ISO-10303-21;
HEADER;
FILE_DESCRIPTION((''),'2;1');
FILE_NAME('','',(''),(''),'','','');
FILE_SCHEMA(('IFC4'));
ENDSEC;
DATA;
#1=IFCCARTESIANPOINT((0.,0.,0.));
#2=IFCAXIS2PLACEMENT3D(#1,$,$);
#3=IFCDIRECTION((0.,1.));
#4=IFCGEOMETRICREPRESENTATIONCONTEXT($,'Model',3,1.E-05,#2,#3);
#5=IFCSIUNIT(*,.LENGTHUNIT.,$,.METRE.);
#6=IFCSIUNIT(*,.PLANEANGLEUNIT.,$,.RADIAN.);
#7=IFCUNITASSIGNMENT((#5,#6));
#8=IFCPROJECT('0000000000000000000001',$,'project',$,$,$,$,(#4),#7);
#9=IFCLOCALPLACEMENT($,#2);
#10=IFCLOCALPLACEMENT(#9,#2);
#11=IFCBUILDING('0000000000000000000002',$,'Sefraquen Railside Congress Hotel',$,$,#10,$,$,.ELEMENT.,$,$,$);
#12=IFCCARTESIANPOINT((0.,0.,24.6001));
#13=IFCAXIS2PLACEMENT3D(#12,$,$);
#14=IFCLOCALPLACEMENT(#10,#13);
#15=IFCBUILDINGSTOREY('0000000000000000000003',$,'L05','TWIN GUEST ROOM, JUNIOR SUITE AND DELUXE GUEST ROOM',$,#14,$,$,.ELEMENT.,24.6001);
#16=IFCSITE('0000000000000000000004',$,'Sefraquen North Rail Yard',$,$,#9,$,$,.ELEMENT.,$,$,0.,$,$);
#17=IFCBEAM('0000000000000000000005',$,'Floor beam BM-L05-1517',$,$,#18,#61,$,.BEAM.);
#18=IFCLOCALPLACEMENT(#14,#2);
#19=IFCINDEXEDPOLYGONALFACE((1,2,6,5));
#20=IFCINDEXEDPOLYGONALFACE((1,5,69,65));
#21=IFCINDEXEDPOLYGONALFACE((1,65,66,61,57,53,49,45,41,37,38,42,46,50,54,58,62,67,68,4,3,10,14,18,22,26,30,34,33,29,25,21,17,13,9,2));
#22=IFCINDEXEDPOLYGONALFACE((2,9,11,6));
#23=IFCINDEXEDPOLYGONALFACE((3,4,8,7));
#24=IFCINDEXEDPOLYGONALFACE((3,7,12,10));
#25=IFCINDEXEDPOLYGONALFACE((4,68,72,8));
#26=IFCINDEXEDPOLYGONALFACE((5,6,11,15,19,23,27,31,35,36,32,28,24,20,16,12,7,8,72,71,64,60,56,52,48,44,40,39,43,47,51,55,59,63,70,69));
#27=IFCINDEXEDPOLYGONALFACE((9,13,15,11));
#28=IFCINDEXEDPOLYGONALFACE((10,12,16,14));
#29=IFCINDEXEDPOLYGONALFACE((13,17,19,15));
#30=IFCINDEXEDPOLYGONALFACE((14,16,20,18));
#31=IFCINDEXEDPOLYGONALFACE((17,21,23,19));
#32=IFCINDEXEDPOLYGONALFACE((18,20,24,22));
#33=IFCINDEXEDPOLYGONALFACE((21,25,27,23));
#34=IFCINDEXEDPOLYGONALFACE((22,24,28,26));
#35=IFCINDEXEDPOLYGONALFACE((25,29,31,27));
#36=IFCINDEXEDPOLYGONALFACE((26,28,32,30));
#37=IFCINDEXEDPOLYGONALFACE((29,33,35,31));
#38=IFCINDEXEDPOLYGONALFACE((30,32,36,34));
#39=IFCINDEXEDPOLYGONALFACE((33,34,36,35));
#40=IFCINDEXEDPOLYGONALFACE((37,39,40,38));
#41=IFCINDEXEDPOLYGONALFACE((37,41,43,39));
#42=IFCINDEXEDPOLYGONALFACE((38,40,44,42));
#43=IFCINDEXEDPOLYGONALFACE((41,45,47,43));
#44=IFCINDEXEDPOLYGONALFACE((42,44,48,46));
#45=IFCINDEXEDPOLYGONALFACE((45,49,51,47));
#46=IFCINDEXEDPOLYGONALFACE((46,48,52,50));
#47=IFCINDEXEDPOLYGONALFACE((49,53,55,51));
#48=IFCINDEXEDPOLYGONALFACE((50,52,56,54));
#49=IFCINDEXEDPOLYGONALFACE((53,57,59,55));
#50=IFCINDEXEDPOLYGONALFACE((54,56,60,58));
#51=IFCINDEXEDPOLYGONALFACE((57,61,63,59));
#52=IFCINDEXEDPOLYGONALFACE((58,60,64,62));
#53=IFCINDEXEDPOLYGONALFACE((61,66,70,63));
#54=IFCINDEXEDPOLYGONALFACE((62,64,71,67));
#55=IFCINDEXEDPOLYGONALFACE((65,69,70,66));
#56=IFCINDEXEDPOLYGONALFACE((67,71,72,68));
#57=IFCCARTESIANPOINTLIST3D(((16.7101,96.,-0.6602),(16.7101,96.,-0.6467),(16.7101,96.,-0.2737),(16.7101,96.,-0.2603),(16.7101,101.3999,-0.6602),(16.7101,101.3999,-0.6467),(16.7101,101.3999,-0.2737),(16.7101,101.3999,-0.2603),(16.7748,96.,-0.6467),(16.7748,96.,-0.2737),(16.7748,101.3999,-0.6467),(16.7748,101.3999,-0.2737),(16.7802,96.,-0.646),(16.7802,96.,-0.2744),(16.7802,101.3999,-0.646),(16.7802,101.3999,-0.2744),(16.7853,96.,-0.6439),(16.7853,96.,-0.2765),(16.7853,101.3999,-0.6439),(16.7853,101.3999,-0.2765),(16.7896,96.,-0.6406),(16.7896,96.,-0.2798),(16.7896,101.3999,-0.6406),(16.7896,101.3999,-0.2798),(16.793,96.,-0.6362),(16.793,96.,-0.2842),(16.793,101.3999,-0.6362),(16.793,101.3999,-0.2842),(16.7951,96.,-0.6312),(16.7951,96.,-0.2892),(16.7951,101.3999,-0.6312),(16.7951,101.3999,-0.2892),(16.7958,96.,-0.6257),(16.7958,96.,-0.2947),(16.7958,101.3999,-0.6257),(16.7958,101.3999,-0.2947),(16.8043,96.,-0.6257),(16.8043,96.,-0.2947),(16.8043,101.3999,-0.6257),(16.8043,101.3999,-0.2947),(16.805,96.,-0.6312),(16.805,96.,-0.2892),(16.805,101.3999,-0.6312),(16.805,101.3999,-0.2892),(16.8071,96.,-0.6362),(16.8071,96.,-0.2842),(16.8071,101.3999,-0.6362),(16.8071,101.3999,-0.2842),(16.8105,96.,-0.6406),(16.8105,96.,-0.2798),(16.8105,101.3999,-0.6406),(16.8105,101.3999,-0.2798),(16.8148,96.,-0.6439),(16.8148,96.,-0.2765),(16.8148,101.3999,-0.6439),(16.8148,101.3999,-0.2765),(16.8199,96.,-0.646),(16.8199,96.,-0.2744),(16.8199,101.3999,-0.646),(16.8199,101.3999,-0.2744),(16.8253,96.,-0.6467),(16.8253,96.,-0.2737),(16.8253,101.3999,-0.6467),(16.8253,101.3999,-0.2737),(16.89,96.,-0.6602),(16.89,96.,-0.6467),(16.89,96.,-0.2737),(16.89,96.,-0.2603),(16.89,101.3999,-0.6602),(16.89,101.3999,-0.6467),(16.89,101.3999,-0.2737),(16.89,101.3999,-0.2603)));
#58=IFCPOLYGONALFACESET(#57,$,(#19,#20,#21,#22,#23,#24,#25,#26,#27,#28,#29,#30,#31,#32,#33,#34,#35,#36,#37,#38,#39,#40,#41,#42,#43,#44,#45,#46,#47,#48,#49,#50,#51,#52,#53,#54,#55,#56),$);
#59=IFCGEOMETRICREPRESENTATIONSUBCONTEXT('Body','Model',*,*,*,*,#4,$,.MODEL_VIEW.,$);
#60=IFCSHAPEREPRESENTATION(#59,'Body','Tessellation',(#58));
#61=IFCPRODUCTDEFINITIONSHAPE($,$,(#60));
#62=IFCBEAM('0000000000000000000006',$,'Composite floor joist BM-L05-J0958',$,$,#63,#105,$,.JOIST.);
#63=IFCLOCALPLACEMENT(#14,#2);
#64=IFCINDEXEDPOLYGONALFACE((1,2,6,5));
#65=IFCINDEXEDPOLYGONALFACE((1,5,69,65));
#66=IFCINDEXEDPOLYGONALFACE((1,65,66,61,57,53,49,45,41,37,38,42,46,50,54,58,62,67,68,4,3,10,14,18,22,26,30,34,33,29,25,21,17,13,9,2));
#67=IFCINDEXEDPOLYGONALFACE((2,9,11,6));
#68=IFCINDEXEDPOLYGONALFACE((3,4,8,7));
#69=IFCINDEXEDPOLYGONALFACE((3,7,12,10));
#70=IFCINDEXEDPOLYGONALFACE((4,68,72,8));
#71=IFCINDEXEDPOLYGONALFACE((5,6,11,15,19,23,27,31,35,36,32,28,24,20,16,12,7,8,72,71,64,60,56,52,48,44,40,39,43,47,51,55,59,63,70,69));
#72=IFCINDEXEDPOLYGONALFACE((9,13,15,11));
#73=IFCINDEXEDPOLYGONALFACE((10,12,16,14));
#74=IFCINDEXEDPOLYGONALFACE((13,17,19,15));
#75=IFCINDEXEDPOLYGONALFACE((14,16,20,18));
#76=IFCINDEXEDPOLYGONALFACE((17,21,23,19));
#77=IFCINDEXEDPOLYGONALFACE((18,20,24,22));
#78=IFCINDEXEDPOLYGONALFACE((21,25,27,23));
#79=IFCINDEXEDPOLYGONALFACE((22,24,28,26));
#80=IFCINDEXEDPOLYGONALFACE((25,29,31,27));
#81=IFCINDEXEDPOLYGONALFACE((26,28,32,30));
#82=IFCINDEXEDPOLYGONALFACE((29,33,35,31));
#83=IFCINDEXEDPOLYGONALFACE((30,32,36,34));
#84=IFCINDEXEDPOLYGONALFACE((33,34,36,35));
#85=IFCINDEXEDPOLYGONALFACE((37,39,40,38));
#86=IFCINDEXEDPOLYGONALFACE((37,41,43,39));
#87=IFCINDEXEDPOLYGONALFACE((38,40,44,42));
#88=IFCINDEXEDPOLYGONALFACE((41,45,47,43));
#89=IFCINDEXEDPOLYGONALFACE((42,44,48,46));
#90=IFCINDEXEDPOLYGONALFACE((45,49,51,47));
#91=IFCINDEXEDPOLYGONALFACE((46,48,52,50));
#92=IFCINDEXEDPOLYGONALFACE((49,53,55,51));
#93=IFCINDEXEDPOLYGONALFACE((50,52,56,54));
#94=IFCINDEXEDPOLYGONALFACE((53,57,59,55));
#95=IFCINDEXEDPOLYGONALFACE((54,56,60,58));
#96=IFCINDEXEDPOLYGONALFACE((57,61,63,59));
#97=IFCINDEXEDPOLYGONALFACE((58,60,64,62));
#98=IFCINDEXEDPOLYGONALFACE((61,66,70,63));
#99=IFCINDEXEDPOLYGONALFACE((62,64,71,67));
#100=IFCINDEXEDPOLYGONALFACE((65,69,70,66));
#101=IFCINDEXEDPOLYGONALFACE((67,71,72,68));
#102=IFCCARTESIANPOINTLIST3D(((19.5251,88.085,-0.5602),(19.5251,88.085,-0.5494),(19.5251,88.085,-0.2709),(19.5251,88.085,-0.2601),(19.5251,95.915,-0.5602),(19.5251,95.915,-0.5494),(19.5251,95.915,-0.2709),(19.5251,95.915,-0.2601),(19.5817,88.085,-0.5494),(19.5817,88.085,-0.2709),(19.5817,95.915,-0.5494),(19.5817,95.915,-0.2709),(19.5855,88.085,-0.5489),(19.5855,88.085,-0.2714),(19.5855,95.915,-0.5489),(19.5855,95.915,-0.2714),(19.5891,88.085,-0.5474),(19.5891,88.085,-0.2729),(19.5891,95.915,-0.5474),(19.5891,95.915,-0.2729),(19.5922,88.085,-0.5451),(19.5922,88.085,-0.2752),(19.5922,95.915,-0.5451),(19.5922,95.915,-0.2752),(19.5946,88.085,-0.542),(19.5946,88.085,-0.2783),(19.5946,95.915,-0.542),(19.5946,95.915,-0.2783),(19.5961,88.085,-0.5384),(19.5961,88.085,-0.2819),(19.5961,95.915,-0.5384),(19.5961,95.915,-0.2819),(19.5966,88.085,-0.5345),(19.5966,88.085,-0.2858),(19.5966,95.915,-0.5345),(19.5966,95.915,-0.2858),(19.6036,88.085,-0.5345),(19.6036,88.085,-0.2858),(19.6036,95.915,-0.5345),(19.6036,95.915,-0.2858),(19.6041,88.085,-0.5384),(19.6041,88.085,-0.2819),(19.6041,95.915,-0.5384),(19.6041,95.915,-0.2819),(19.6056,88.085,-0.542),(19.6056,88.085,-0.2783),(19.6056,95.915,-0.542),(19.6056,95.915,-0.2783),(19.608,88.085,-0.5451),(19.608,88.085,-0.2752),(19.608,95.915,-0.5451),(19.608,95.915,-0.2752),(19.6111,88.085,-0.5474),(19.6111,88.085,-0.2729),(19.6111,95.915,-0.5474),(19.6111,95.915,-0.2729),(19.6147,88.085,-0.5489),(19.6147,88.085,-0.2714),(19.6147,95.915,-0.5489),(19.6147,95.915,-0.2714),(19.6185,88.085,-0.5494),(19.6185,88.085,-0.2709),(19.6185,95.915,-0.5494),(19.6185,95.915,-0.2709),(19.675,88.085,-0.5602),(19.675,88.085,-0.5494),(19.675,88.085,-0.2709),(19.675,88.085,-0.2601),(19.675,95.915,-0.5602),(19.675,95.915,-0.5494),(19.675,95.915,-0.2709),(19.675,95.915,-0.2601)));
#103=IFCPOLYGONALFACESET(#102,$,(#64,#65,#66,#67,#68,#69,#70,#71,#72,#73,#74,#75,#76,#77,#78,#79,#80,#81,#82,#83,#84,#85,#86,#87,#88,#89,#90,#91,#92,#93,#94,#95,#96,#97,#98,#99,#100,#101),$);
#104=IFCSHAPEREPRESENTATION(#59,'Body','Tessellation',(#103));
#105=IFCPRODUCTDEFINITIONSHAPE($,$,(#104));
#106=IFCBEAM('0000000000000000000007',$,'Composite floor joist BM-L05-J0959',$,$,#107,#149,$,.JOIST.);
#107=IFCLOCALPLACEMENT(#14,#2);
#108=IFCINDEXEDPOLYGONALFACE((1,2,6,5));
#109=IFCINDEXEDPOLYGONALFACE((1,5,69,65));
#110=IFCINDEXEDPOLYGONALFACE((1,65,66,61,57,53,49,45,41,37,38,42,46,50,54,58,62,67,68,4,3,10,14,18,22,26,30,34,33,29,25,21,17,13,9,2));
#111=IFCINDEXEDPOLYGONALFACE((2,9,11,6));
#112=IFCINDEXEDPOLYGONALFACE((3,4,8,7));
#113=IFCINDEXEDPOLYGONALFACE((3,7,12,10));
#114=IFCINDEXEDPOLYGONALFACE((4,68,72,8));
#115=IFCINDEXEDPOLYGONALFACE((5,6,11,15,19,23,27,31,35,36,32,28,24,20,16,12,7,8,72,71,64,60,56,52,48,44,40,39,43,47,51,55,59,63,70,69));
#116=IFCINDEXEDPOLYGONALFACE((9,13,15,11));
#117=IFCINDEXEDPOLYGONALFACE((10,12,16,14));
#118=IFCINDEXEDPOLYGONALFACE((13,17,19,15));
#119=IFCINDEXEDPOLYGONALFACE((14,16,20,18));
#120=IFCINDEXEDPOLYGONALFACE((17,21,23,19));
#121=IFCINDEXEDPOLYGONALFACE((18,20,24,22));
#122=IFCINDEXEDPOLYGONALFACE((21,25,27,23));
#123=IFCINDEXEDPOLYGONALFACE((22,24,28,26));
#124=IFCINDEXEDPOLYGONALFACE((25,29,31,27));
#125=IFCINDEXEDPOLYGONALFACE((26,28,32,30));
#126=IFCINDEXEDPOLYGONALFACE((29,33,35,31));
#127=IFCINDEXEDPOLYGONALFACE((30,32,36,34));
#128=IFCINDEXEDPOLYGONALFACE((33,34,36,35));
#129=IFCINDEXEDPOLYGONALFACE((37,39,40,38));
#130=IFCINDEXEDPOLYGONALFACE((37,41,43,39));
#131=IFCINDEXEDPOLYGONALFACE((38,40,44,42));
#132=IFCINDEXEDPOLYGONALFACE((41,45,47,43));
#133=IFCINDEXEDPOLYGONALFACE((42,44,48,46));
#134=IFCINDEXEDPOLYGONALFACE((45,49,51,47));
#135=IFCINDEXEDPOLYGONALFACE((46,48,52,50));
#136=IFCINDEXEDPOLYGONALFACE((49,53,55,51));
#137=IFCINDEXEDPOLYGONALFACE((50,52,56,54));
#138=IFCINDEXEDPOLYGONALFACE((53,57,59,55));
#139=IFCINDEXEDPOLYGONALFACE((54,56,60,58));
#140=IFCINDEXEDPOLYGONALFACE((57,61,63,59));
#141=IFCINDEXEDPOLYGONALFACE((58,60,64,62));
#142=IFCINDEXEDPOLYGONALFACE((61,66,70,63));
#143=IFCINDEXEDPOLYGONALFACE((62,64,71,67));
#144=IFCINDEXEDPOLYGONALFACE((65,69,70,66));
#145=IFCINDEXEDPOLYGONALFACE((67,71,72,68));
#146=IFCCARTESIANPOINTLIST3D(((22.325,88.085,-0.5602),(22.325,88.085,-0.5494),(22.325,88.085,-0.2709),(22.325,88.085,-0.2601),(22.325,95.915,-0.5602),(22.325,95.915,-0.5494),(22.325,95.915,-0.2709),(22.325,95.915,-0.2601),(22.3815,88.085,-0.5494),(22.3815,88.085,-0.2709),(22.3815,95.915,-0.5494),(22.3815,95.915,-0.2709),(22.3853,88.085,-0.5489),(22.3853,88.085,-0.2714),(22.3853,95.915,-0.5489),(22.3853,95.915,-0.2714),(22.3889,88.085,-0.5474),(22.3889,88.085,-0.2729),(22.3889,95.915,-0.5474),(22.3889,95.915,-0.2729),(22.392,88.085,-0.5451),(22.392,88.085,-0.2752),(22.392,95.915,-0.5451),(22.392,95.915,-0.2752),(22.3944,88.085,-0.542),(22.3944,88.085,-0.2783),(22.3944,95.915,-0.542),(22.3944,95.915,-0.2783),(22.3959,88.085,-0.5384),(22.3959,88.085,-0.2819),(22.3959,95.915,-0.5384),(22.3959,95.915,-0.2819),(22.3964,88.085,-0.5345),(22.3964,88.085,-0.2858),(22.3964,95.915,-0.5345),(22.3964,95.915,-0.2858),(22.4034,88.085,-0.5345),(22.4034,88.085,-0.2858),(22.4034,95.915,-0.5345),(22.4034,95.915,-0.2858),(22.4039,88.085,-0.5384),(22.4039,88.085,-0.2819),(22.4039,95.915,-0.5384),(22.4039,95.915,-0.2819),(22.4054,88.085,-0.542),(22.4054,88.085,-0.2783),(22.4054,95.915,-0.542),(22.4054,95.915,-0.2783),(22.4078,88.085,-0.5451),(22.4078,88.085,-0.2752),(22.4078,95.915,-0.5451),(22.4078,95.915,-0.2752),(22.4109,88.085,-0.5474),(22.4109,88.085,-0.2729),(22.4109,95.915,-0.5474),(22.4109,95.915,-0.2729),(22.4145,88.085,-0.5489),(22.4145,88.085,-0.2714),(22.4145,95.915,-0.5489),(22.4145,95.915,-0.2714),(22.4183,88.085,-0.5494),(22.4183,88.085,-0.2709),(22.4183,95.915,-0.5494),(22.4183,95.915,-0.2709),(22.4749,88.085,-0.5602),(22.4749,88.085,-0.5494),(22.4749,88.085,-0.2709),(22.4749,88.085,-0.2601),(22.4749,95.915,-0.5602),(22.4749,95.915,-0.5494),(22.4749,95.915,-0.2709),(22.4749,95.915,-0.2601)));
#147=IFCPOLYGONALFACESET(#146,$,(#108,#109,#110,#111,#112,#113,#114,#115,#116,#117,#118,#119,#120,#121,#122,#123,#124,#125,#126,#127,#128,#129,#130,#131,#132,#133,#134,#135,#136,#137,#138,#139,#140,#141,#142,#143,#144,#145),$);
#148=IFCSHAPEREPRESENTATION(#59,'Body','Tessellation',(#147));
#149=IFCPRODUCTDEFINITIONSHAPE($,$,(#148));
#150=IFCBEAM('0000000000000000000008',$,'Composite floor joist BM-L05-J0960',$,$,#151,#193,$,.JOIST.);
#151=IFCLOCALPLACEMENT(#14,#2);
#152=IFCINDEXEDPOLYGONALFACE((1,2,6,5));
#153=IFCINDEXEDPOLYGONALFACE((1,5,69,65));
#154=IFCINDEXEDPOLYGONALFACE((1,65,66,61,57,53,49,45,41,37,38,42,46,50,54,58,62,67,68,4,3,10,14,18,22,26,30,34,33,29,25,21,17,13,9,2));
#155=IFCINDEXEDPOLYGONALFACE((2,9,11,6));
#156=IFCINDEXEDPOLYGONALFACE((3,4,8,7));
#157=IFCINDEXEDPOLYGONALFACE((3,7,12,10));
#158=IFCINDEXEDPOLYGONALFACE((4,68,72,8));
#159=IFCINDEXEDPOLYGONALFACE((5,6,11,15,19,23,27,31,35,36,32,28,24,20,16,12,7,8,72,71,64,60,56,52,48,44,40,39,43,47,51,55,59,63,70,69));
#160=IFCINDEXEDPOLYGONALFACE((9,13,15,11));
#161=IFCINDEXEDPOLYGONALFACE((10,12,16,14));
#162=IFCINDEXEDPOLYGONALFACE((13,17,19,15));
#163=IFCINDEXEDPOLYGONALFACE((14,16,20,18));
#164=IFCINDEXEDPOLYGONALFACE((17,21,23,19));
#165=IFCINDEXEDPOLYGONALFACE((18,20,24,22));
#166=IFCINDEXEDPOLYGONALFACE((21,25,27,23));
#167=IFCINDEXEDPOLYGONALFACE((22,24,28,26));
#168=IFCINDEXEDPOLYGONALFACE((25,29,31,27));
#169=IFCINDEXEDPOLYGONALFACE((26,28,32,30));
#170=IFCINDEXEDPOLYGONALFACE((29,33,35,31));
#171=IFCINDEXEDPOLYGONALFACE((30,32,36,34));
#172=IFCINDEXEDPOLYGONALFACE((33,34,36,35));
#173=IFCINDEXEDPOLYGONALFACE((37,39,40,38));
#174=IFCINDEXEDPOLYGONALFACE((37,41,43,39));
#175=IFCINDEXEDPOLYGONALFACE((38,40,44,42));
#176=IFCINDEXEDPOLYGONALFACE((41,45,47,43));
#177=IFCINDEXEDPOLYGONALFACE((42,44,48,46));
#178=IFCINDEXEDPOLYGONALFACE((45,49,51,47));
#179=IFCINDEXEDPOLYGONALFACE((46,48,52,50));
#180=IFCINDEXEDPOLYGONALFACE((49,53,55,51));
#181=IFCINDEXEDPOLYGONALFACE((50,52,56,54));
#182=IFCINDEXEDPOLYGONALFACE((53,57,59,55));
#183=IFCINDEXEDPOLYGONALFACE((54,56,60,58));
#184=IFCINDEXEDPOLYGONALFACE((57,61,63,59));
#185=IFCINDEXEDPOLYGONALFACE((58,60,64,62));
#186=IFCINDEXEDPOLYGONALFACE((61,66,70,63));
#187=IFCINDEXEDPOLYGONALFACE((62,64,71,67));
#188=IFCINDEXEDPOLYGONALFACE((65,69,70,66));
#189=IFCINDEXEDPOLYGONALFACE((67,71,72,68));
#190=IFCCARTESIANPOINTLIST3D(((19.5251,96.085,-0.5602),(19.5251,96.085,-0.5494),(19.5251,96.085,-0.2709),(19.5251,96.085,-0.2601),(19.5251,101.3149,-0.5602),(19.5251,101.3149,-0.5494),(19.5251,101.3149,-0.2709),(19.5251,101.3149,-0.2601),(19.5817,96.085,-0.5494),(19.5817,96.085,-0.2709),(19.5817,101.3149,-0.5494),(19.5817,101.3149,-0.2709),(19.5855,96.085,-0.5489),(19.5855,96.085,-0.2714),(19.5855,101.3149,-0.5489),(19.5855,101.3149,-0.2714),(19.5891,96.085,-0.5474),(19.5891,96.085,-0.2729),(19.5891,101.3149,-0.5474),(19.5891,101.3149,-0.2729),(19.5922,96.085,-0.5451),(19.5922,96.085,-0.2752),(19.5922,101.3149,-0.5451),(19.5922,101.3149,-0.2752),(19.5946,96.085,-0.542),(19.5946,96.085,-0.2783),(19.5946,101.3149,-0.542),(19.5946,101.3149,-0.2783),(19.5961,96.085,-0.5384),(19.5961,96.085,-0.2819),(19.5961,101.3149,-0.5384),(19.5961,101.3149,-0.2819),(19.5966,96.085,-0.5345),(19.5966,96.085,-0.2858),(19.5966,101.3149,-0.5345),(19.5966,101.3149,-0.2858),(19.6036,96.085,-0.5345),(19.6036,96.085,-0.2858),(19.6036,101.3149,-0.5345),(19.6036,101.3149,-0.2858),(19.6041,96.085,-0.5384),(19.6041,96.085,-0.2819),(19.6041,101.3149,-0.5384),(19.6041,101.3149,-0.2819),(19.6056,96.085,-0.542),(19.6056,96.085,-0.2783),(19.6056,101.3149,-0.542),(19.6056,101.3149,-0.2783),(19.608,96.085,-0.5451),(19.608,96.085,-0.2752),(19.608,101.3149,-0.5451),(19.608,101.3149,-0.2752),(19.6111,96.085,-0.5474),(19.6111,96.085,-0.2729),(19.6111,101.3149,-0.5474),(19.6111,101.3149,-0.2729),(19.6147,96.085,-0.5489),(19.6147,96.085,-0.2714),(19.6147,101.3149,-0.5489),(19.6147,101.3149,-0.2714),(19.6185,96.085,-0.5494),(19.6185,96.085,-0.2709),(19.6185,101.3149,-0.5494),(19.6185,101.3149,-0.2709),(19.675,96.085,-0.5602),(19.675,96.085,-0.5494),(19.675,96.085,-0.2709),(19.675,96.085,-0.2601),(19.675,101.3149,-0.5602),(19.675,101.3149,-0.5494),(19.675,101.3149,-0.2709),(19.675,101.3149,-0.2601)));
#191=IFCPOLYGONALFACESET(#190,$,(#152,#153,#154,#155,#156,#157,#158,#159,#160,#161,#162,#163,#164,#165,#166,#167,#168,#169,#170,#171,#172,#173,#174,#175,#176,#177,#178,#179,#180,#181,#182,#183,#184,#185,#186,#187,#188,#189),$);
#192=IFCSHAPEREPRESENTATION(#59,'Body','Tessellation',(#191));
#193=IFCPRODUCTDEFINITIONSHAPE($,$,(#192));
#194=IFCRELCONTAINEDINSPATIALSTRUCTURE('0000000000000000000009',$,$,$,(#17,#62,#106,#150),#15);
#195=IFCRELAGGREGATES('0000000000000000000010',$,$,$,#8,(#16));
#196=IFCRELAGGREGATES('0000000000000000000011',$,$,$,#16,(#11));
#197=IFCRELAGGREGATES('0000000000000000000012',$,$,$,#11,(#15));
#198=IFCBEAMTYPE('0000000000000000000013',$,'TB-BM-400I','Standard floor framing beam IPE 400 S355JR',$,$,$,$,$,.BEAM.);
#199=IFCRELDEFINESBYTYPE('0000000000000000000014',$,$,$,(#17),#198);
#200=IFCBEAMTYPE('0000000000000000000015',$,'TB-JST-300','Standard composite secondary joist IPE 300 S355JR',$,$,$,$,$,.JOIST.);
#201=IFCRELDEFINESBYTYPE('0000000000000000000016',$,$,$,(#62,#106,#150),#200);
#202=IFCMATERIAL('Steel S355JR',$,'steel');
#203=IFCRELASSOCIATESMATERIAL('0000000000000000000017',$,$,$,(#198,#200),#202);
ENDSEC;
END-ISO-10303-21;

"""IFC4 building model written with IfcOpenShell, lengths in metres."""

from ifc_helpers import new_model, si_unit, direction, frame, origin, origin_2d, place, context, subcontext, project, spatial, i_section, extrude, material, material_profile, profile_set, type_object, element, save


model = new_model("IFC4")

# Units and contexts
model_context = context("Model", 3, precision=1e-05, world=origin(), true_north=direction((0.0, 1.0)))
body_context = subcontext(model_context, "Body", "Model", "MODEL_VIEW")
ifc_project = project(units=[si_unit("LENGTHUNIT", "METRE"), si_unit("PLANEANGLEUNIT", "RADIAN")], contexts=[model_context])

# Site, building, storey
site_placement = place(None, origin())
site = spatial("IfcSite", under=ifc_project, at=site_placement, Name="Sefraquen North Rail Yard", CompositionType="ELEMENT", RefElevation=0.0)
building_placement = place(site_placement, origin())
building = spatial("IfcBuilding", under=site, at=building_placement, Name="Sefraquen Railside Congress Hotel", CompositionType="ELEMENT")
storey_placement = place(building_placement, frame((0.0, 0.0, 24.6001)))
storey = spatial("IfcBuildingStorey", under=building, at=storey_placement, Name="L05", Description="TWIN GUEST ROOM, JUNIOR SUITE AND DELUXE GUEST ROOM", CompositionType="ELEMENT", Elevation=24.6001)

# Beams
ifc_material_1 = material(Name="Steel S355JR", Category="steel")
ifc_material_profile_1 = material_profile(ifc_material_1, i_section(OverallWidth=0.1799, OverallDepth=0.3999, WebThickness=0.0085, FlangeThickness=0.0134, FilletRadius=0.021, at=origin_2d()), Name="IPE 400")
ifc_profile_set_1 = profile_set([ifc_material_profile_1], Name="Steel S355JR")
beam_type_1 = type_object("IfcBeamType", Name="TB-BM-400I", Description="Standard floor framing beam IPE 400 S355JR", PredefinedType="BEAM", material=ifc_profile_set_1)
beam_1_placement = place(storey_placement, frame((16.8, 96.0, -0.4602), z_axis=(0.0, 1.0, 0.0), x_axis=(-1.0, 0.0, 0.0)))
element("IfcBeam", 1, at=beam_1_placement, inside=storey, type_object=beam_type_1, Name="Floor beam BM-L05-1517", PredefinedType="BEAM", context=body_context, shape_type="SweptSolid", body=[
    extrude(i_section(OverallWidth=0.1799, OverallDepth=0.3999, WebThickness=0.0085, FlangeThickness=0.0134, FilletRadius=0.021, at=origin_2d()), origin(), (0.0, 0.0, 1.0), 5.3999),
])
ifc_material_profile_2 = material_profile(ifc_material_1, i_section(OverallWidth=0.1499, OverallDepth=0.3, WebThickness=0.0071, FlangeThickness=0.0107, FilletRadius=0.0149, at=origin_2d()), Name="IPE 300")
ifc_profile_set_2 = profile_set([ifc_material_profile_2], Name="Steel S355JR")
beam_type_2 = type_object("IfcBeamType", Name="TB-JST-300", Description="Standard composite secondary joist IPE 300 S355JR", PredefinedType="JOIST", material=ifc_profile_set_2)
for number, where, z_axis, x_axis, name in (
    (2, (19.6001, 88.085, -0.4102), (0.0, 1.0, 0.0), (-1.0, 0.0, 0.0), "Composite floor joist BM-L05-J0958"),
    (3, (22.3999, 88.085, -0.4102), (0.0, 1.0, 0.0), (-1.0, 0.0, 0.0), "Composite floor joist BM-L05-J0959"),
):
    element("IfcBeam", number, at=place(storey_placement, frame(where, z_axis=z_axis, x_axis=x_axis)), inside=storey, type_object=beam_type_2, Name=name, PredefinedType="JOIST", context=body_context, shape_type="SweptSolid", body=[
        extrude(i_section(OverallWidth=0.1499, OverallDepth=0.3, WebThickness=0.0071, FlangeThickness=0.0107, FilletRadius=0.0149, at=origin_2d()), origin(), (0.0, 0.0, 1.0), 7.8301),
    ])
beam_2_placement = place(storey_placement, frame((19.6001, 96.085, -0.4102), z_axis=(0.0, 1.0, 0.0), x_axis=(-1.0, 0.0, 0.0)))
element("IfcBeam", 4, at=beam_2_placement, inside=storey, type_object=beam_type_2, Name="Composite floor joist BM-L05-J0960", PredefinedType="JOIST", context=body_context, shape_type="SweptSolid", body=[
    extrude(i_section(OverallWidth=0.1499, OverallDepth=0.3, WebThickness=0.0071, FlangeThickness=0.0107, FilletRadius=0.0149, at=origin_2d()), origin(), (0.0, 0.0, 1.0), 5.23),
])

save(model, "model.ifc")
